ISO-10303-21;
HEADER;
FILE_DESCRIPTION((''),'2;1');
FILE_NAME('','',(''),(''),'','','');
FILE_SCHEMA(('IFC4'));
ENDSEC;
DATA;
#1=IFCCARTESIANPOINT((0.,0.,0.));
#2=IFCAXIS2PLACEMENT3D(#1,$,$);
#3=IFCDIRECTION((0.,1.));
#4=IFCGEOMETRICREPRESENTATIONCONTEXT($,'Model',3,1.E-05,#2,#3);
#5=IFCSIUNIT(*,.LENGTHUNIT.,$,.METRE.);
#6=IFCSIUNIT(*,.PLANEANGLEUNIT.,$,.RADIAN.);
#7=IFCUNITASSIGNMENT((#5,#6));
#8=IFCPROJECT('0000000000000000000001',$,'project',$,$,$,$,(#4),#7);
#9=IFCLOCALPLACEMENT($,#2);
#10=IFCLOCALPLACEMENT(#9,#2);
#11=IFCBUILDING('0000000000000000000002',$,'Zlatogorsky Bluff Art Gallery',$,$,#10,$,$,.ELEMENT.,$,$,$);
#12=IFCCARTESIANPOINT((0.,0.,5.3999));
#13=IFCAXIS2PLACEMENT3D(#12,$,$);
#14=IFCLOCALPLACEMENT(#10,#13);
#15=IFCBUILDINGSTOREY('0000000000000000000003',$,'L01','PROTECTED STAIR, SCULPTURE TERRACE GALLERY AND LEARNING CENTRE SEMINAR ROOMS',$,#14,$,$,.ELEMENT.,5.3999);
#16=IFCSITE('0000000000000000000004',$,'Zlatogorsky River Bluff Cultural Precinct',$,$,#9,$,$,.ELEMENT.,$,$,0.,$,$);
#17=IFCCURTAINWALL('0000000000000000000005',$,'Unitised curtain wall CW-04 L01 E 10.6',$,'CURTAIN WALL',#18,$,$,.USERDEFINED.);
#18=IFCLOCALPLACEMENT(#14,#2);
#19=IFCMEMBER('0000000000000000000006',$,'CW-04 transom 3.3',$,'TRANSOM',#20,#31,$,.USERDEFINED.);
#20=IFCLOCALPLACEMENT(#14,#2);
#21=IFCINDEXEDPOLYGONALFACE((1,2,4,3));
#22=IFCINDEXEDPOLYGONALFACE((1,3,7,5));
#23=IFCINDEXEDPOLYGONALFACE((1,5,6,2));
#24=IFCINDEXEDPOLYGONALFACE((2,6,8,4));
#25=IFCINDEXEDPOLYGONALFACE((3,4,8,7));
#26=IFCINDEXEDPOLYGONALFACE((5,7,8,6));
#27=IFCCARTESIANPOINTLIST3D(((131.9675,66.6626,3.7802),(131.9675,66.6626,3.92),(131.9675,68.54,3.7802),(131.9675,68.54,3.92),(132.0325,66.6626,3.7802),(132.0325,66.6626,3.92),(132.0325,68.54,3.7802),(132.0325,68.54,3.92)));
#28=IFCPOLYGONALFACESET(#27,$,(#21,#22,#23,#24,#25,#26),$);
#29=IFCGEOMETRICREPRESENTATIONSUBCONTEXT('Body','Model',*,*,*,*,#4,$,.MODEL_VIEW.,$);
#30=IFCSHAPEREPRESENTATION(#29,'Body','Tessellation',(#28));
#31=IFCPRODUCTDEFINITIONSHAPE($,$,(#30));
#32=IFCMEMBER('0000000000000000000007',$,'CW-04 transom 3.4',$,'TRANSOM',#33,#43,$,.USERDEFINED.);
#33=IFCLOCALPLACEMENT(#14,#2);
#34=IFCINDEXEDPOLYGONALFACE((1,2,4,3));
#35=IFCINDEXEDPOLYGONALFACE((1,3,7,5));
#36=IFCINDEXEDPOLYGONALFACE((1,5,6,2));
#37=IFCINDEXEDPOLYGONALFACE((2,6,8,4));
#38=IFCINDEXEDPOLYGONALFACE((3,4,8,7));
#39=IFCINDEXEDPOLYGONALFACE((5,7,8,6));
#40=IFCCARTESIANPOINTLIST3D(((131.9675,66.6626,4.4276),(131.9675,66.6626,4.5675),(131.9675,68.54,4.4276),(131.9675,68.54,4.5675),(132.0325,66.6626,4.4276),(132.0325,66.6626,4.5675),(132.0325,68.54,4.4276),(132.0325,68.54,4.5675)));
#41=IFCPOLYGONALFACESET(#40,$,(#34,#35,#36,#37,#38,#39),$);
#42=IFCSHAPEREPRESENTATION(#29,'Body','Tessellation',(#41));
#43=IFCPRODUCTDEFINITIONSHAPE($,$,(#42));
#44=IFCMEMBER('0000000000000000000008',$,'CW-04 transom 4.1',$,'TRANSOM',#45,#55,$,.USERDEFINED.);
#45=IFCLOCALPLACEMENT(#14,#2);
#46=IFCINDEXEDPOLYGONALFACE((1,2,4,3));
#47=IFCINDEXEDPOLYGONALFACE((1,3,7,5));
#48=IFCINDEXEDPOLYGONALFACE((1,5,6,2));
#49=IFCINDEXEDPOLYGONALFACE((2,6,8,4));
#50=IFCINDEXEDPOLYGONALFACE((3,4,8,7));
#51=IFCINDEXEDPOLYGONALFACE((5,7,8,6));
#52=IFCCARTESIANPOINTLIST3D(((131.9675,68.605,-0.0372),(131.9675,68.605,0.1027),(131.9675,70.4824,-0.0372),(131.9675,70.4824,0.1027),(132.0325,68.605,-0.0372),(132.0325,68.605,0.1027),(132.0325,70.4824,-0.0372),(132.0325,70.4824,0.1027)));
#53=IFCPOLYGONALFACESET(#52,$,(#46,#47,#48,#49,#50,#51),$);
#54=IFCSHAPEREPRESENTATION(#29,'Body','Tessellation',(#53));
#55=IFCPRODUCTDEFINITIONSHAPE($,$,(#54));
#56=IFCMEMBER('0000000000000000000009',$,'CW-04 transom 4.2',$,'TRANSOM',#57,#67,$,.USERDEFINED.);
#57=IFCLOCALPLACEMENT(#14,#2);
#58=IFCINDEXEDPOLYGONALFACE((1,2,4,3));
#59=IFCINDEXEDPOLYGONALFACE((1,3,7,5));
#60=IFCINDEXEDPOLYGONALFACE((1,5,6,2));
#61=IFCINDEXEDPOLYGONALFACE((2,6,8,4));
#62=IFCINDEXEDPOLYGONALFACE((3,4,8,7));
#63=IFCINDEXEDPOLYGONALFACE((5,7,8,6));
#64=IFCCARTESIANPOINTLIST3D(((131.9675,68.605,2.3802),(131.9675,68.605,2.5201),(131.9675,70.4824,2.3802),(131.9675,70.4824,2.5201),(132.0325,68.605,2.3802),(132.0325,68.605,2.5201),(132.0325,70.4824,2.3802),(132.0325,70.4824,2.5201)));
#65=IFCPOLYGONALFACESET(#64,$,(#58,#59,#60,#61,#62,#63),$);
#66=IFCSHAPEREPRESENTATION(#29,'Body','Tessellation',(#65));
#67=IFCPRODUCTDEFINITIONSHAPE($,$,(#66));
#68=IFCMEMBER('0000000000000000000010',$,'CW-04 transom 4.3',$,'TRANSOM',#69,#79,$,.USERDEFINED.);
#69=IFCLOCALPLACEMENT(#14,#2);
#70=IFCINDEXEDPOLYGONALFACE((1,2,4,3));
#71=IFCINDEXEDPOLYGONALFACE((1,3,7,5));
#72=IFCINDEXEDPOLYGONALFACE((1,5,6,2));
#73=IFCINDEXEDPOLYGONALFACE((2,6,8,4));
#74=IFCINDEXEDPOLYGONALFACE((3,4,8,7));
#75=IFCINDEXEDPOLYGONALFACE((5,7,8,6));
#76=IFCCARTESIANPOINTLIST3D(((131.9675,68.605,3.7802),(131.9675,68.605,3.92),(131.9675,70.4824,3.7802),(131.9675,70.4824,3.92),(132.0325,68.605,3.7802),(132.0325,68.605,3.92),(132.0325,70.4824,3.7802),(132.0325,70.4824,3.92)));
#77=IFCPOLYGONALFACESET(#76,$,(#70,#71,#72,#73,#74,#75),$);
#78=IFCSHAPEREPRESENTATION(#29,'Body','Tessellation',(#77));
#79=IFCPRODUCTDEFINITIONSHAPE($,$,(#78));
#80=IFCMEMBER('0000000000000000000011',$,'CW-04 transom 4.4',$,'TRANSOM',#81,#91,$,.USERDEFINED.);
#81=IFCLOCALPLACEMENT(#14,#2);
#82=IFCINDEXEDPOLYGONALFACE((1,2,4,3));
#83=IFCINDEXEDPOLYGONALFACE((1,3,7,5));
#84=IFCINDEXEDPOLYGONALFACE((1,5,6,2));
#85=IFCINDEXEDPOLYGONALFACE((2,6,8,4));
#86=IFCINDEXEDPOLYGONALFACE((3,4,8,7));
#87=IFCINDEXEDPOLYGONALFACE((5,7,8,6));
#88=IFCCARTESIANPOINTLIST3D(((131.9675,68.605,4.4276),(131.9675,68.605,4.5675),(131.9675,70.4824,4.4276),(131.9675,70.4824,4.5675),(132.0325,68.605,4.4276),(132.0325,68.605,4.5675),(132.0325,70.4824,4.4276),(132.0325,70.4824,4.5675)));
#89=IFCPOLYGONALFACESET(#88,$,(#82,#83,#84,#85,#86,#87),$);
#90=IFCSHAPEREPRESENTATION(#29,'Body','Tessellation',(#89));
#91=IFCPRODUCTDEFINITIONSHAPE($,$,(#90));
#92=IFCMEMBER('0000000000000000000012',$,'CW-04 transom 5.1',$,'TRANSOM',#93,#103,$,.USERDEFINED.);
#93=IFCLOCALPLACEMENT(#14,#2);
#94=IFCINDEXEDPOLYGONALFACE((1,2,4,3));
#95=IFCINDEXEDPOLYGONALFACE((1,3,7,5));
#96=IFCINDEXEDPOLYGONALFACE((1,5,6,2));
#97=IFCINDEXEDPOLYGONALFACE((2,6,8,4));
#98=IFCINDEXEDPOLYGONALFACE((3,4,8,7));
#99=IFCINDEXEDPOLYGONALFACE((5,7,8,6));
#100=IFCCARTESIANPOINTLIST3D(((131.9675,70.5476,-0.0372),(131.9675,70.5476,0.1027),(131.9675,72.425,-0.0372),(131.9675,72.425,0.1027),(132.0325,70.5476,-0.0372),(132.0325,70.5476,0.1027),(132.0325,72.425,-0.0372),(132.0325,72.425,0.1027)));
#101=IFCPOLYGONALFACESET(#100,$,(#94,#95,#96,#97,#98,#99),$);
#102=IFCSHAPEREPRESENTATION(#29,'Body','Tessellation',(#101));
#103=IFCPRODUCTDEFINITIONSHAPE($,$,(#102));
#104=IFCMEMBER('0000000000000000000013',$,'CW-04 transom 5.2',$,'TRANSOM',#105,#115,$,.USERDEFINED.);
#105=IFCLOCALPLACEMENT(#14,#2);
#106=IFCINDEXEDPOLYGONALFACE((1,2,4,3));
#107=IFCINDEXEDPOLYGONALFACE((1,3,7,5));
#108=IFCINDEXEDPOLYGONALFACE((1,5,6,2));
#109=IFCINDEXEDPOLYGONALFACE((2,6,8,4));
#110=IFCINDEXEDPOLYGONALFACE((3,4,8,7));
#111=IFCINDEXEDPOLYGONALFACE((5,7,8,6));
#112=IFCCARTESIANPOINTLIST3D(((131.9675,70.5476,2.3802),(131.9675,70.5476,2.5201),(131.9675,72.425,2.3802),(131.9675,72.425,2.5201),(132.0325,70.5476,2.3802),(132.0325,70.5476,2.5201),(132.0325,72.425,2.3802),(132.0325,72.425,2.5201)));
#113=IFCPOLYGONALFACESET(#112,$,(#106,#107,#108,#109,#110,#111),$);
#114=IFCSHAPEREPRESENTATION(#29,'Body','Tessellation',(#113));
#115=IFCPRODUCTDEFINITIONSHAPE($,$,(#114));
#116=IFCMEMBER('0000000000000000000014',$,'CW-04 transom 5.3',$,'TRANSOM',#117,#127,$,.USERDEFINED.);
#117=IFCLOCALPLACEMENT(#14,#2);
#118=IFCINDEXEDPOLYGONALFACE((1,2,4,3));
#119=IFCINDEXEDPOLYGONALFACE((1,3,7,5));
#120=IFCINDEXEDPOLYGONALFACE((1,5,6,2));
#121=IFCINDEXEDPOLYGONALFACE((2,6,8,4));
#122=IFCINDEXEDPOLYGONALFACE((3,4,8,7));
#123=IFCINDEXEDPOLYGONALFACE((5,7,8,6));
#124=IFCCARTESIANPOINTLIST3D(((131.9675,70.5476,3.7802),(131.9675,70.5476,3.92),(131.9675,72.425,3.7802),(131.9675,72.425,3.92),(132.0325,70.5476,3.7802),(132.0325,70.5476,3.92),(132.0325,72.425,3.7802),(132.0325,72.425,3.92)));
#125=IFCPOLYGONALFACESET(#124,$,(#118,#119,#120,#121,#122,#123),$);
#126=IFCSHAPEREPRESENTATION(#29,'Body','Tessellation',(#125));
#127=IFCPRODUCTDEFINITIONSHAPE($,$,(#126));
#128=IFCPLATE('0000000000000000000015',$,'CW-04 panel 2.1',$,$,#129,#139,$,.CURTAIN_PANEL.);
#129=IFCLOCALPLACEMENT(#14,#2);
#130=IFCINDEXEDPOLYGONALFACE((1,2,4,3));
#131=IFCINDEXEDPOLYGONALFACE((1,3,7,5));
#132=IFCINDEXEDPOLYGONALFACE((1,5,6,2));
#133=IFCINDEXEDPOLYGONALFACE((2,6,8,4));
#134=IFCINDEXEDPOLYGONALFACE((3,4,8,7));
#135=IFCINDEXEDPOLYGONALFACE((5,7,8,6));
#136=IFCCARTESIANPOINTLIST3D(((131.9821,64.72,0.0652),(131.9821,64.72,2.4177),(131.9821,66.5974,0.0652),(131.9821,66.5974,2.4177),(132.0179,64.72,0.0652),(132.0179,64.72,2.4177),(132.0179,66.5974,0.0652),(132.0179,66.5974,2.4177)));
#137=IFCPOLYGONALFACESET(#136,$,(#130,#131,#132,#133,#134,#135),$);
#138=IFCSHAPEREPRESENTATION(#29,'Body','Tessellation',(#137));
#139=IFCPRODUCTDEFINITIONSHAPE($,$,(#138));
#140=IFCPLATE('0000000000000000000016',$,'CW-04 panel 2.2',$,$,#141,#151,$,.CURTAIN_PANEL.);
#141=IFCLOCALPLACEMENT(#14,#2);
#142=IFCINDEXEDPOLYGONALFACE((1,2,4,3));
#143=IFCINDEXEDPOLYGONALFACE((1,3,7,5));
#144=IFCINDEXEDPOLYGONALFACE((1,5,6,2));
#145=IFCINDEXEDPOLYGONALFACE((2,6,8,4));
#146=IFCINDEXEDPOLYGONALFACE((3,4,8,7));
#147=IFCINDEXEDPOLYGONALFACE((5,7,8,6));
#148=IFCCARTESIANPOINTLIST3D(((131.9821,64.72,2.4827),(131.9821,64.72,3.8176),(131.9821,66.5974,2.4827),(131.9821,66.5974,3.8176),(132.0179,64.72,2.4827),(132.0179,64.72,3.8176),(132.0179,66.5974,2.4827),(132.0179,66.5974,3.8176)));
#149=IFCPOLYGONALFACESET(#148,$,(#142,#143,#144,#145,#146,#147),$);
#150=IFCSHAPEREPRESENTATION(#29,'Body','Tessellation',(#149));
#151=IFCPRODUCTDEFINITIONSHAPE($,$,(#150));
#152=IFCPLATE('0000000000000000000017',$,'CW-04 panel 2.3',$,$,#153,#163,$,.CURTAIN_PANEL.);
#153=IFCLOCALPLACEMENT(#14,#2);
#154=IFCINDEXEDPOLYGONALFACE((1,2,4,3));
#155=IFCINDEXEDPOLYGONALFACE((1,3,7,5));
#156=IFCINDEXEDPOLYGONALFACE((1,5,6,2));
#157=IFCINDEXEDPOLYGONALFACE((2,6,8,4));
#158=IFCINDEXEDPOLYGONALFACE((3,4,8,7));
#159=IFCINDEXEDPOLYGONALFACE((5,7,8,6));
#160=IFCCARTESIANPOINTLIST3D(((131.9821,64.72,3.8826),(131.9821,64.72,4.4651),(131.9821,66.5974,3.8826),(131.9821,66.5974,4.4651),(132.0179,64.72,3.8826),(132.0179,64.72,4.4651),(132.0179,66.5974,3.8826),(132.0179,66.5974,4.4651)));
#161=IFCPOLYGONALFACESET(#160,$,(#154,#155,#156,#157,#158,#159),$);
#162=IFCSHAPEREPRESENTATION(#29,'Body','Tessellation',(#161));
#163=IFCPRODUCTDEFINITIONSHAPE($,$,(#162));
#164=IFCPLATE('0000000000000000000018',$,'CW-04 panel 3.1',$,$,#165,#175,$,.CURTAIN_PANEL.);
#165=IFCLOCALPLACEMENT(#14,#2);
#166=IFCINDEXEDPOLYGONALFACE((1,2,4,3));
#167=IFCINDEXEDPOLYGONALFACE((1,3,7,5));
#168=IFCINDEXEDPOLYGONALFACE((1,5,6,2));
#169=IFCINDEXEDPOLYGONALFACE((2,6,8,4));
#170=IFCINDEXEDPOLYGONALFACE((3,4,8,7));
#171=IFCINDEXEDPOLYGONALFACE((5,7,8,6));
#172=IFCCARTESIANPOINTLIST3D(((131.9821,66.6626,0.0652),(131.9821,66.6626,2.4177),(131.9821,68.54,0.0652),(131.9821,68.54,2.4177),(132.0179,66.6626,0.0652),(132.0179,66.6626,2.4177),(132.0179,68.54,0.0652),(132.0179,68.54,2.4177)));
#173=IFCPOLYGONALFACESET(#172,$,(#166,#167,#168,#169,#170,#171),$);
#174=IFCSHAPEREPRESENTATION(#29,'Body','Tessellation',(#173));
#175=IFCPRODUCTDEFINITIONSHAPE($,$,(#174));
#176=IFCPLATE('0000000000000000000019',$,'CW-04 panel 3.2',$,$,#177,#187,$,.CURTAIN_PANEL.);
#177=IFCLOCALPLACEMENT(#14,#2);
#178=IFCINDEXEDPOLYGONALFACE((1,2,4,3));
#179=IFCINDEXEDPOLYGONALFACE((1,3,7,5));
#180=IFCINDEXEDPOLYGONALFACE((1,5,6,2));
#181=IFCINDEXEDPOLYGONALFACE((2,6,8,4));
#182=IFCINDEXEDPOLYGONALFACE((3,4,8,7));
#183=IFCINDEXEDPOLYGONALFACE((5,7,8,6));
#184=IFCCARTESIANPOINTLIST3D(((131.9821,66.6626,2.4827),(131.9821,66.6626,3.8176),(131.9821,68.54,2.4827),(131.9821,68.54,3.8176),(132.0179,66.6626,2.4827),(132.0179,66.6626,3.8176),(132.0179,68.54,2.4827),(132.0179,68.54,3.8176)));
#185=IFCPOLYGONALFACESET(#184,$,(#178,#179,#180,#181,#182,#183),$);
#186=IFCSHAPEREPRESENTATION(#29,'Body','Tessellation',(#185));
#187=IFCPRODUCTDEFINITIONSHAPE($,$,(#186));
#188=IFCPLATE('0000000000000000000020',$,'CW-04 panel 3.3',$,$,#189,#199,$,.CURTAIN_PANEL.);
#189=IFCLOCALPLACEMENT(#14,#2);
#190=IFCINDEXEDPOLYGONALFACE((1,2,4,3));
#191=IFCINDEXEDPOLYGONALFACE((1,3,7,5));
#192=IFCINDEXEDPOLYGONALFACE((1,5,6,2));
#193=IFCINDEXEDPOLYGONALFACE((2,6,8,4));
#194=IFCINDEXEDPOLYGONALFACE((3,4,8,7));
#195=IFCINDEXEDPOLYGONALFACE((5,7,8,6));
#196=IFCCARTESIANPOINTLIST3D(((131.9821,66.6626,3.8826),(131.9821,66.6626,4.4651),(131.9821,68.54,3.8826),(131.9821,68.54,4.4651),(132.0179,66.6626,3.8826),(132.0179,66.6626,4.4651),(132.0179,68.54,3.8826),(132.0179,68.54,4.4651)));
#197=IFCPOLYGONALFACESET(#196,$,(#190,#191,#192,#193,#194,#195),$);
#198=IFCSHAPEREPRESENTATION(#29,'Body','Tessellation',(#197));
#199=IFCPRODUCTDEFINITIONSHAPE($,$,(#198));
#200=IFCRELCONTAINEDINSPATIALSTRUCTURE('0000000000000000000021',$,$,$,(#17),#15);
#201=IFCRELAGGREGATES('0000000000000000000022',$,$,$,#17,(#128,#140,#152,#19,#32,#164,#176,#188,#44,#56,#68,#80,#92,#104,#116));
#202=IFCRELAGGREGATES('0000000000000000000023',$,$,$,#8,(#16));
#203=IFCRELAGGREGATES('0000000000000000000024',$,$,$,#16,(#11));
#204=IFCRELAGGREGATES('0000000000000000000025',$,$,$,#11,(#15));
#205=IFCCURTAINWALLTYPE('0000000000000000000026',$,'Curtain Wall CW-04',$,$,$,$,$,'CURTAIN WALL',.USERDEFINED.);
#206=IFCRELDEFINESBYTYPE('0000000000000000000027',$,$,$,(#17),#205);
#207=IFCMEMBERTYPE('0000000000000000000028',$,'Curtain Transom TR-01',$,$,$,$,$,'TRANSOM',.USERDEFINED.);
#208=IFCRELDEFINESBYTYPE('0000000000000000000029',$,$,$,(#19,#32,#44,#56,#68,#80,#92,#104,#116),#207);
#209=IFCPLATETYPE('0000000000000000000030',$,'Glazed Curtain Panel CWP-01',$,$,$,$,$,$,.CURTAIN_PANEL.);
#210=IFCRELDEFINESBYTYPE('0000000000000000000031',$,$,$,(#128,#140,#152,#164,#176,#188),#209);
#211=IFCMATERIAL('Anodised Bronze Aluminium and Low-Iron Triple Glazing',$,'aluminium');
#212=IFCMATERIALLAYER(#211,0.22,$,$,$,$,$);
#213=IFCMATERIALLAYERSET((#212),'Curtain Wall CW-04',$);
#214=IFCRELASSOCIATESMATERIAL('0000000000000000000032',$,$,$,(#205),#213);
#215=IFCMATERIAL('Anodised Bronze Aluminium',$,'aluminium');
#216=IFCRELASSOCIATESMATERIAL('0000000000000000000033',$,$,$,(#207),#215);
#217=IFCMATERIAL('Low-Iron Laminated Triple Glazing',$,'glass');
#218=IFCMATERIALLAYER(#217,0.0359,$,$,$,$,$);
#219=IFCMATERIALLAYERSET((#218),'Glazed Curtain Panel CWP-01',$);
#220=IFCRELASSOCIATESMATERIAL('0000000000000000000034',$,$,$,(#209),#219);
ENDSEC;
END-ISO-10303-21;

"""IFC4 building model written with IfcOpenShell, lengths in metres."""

from ifc_helpers import new_model, si_unit, direction, frame, origin, origin_2d, place, context, subcontext, project, spatial, rectangle, extrude, material, layer, layer_set, material_profile, profile_set, type_object, element, aggregate, save


model = new_model("IFC4")

# Units and contexts
model_context = context("Model", 3, precision=1e-05, world=origin(), true_north=direction((0.0, 1.0)))
body_context = subcontext(model_context, "Body", "Model", "MODEL_VIEW")
ifc_project = project(units=[si_unit("LENGTHUNIT", "METRE"), si_unit("PLANEANGLEUNIT", "RADIAN")], contexts=[model_context])

# Site, building, storey
site_placement = place(None, origin())
site = spatial("IfcSite", under=ifc_project, at=site_placement, Name="Zlatogorsky River Bluff Cultural Precinct", CompositionType="ELEMENT", RefElevation=0.0)
building_placement = place(site_placement, origin())
building = spatial("IfcBuilding", under=site, at=building_placement, Name="Zlatogorsky Bluff Art Gallery", CompositionType="ELEMENT")
storey_placement = place(building_placement, frame((0.0, 0.0, 5.3999)))
storey = spatial("IfcBuildingStorey", under=building, at=storey_placement, Name="L01", Description="PROTECTED STAIR, SCULPTURE TERRACE GALLERY AND LEARNING CENTRE SEMINAR ROOMS", CompositionType="ELEMENT", Elevation=5.3999)

# Curtain wall, members, plates
ifc_material_1 = material(Name="Anodised Bronze Aluminium and Low-Iron Triple Glazing", Category="aluminium")
ifc_layer_1 = layer(ifc_material_1, 0.22)
ifc_layer_set_1 = layer_set([ifc_layer_1], Name="Curtain Wall CW-04")
curtain_wall_type = type_object("IfcCurtainWallType", Name="Curtain Wall CW-04", ElementType="CURTAIN WALL", PredefinedType="USERDEFINED", material=ifc_layer_set_1)
curtain_wall_placement = place(storey_placement, origin())
curtain_wall = element("IfcCurtainWall", 1, at=curtain_wall_placement, inside=storey, type_object=curtain_wall_type, Name="Unitised curtain wall CW-04 L01 E 10.6", ObjectType="CURTAIN WALL", PredefinedType="USERDEFINED")
ifc_material_2 = material(Name="Anodised Bronze Aluminium", Category="aluminium")
ifc_material_profile_1 = material_profile(ifc_material_2, rectangle(XDim=0.0649, YDim=0.1399, at=origin_2d()), Name="ALU TRANSOM 65x140")
ifc_profile_set_1 = profile_set([ifc_material_profile_1], Name="Anodised Bronze Aluminium")
member_type_1 = type_object("IfcMemberType", Name="Curtain Transom TR-01", ElementType="TRANSOM", PredefinedType="USERDEFINED", material=ifc_profile_set_1)
member_1_placement = place(storey_placement, frame((132.0, 66.6626, 3.8501), z_axis=(0.0, 1.0, 0.0), x_axis=(-1.0, 0.0, 0.0)))
member_1 = element("IfcMember", 2, at=member_1_placement, type_object=member_type_1, Name="CW-04 transom 3.3", ObjectType="TRANSOM", PredefinedType="USERDEFINED", context=body_context, shape_type="SweptSolid", body=[
    extrude(rectangle(XDim=0.0649, YDim=0.1399, at=origin_2d()), origin(), (0.0, 0.0, 1.0), 1.8774),
])
member_2_placement = place(storey_placement, frame((132.0, 66.6626, 4.4976), z_axis=(0.0, 1.0, 0.0), x_axis=(-1.0, 0.0, 0.0)))
member_2 = element("IfcMember", 3, at=member_2_placement, type_object=member_type_1, Name="CW-04 transom 3.4", ObjectType="TRANSOM", PredefinedType="USERDEFINED", context=body_context, shape_type="SweptSolid", body=[
    extrude(rectangle(XDim=0.0649, YDim=0.1399, at=origin_2d()), origin(), (0.0, 0.0, 1.0), 1.8774),
])
member_3_placement = place(storey_placement, frame((132.0, 68.605, 0.0327), z_axis=(0.0, 1.0, 0.0), x_axis=(-1.0, 0.0, 0.0)))
member_3 = element("IfcMember", 4, at=member_3_placement, type_object=member_type_1, Name="CW-04 transom 4.1", ObjectType="TRANSOM", PredefinedType="USERDEFINED", context=body_context, shape_type="SweptSolid", body=[
    extrude(rectangle(XDim=0.0649, YDim=0.1399, at=origin_2d()), origin(), (0.0, 0.0, 1.0), 1.8774),
])
member_4_placement = place(storey_placement, frame((132.0, 68.605, 2.4502), z_axis=(0.0, 1.0, 0.0), x_axis=(-1.0, 0.0, 0.0)))
member_4 = element("IfcMember", 5, at=member_4_placement, type_object=member_type_1, Name="CW-04 transom 4.2", ObjectType="TRANSOM", PredefinedType="USERDEFINED", context=body_context, shape_type="SweptSolid", body=[
    extrude(rectangle(XDim=0.0649, YDim=0.1399, at=origin_2d()), origin(), (0.0, 0.0, 1.0), 1.8774),
])
member_5_placement = place(storey_placement, frame((132.0, 68.605, 3.8501), z_axis=(0.0, 1.0, 0.0), x_axis=(-1.0, 0.0, 0.0)))
member_5 = element("IfcMember", 6, at=member_5_placement, type_object=member_type_1, Name="CW-04 transom 4.3", ObjectType="TRANSOM", PredefinedType="USERDEFINED", context=body_context, shape_type="SweptSolid", body=[
    extrude(rectangle(XDim=0.0649, YDim=0.1399, at=origin_2d()), origin(), (0.0, 0.0, 1.0), 1.8774),
])
member_6_placement = place(storey_placement, frame((132.0, 68.605, 4.4976), z_axis=(0.0, 1.0, 0.0), x_axis=(-1.0, 0.0, 0.0)))
member_6 = element("IfcMember", 7, at=member_6_placement, type_object=member_type_1, Name="CW-04 transom 4.4", ObjectType="TRANSOM", PredefinedType="USERDEFINED", context=body_context, shape_type="SweptSolid", body=[
    extrude(rectangle(XDim=0.0649, YDim=0.1399, at=origin_2d()), origin(), (0.0, 0.0, 1.0), 1.8774),
])
member_7_placement = place(storey_placement, frame((132.0, 70.5476, 0.0327), z_axis=(0.0, 1.0, 0.0), x_axis=(-1.0, 0.0, 0.0)))
member_7 = element("IfcMember", 8, at=member_7_placement, type_object=member_type_1, Name="CW-04 transom 5.1", ObjectType="TRANSOM", PredefinedType="USERDEFINED", context=body_context, shape_type="SweptSolid", body=[
    extrude(rectangle(XDim=0.0649, YDim=0.1399, at=origin_2d()), origin(), (0.0, 0.0, 1.0), 1.8774),
])
member_8_placement = place(storey_placement, frame((132.0, 70.5476, 2.4502), z_axis=(0.0, 1.0, 0.0), x_axis=(-1.0, 0.0, 0.0)))
member_8 = element("IfcMember", 9, at=member_8_placement, type_object=member_type_1, Name="CW-04 transom 5.2", ObjectType="TRANSOM", PredefinedType="USERDEFINED", context=body_context, shape_type="SweptSolid", body=[
    extrude(rectangle(XDim=0.0649, YDim=0.1399, at=origin_2d()), origin(), (0.0, 0.0, 1.0), 1.8774),
])
member_9_placement = place(storey_placement, frame((132.0, 70.5476, 3.8501), z_axis=(0.0, 1.0, 0.0), x_axis=(-1.0, 0.0, 0.0)))
member_9 = element("IfcMember", 10, at=member_9_placement, type_object=member_type_1, Name="CW-04 transom 5.3", ObjectType="TRANSOM", PredefinedType="USERDEFINED", context=body_context, shape_type="SweptSolid", body=[
    extrude(rectangle(XDim=0.0649, YDim=0.1399, at=origin_2d()), origin(), (0.0, 0.0, 1.0), 1.8774),
])
ifc_material_3 = material(Name="Low-Iron Laminated Triple Glazing", Category="glass")
ifc_layer_2 = layer(ifc_material_3, 0.0359)
ifc_layer_set_2 = layer_set([ifc_layer_2], Name="Glazed Curtain Panel CWP-01")
plate_type = type_object("IfcPlateType", Name="Glazed Curtain Panel CWP-01", PredefinedType="CURTAIN_PANEL", material=ifc_layer_set_2)
plate_1_placement = place(storey_placement, frame((132.0, 65.6587, 0.0652), z_axis=(0.0, 0.0, 1.0), x_axis=(0.0, 1.0, 0.0)))
plate_1 = element("IfcPlate", 11, at=plate_1_placement, type_object=plate_type, Name="CW-04 panel 2.1", PredefinedType="CURTAIN_PANEL", context=body_context, shape_type="SweptSolid", body=[
    extrude(rectangle(XDim=1.8774, YDim=0.0359, at=origin_2d()), origin(), (0.0, 0.0, 1.0), 2.3525),
])
plate_2_placement = place(storey_placement, frame((132.0, 65.6587, 2.4827), z_axis=(0.0, 0.0, 1.0), x_axis=(0.0, 1.0, 0.0)))
plate_2 = element("IfcPlate", 12, at=plate_2_placement, type_object=plate_type, Name="CW-04 panel 2.2", PredefinedType="CURTAIN_PANEL", context=body_context, shape_type="SweptSolid", body=[
    extrude(rectangle(XDim=1.8774, YDim=0.0359, at=origin_2d()), origin(), (0.0, 0.0, 1.0), 1.335),
])
plate_3_placement = place(storey_placement, frame((132.0, 65.6587, 3.8826), z_axis=(0.0, 0.0, 1.0), x_axis=(0.0, 1.0, 0.0)))
plate_3 = element("IfcPlate", 13, at=plate_3_placement, type_object=plate_type, Name="CW-04 panel 2.3", PredefinedType="CURTAIN_PANEL", context=body_context, shape_type="SweptSolid", body=[
    extrude(rectangle(XDim=1.8774, YDim=0.0359, at=origin_2d()), origin(), (0.0, 0.0, 1.0), 0.5825),
])
plate_4_placement = place(storey_placement, frame((132.0, 67.6013, 0.0652), z_axis=(0.0, 0.0, 1.0), x_axis=(0.0, 1.0, 0.0)))
plate_4 = element("IfcPlate", 14, at=plate_4_placement, type_object=plate_type, Name="CW-04 panel 3.1", PredefinedType="CURTAIN_PANEL", context=body_context, shape_type="SweptSolid", body=[
    extrude(rectangle(XDim=1.8774, YDim=0.0359, at=origin_2d()), origin(), (0.0, 0.0, 1.0), 2.3525),
])
plate_5_placement = place(storey_placement, frame((132.0, 67.6013, 2.4827), z_axis=(0.0, 0.0, 1.0), x_axis=(0.0, 1.0, 0.0)))
plate_5 = element("IfcPlate", 15, at=plate_5_placement, type_object=plate_type, Name="CW-04 panel 3.2", PredefinedType="CURTAIN_PANEL", context=body_context, shape_type="SweptSolid", body=[
    extrude(rectangle(XDim=1.8774, YDim=0.0359, at=origin_2d()), origin(), (0.0, 0.0, 1.0), 1.335),
])
plate_6_placement = place(storey_placement, frame((132.0, 67.6013, 3.8826), z_axis=(0.0, 0.0, 1.0), x_axis=(0.0, 1.0, 0.0)))
plate_6 = element("IfcPlate", 16, at=plate_6_placement, type_object=plate_type, Name="CW-04 panel 3.3", PredefinedType="CURTAIN_PANEL", context=body_context, shape_type="SweptSolid", body=[
    extrude(rectangle(XDim=1.8774, YDim=0.0359, at=origin_2d()), origin(), (0.0, 0.0, 1.0), 0.5825),
])
aggregate(curtain_wall, [plate_1, plate_2, plate_3, member_1, member_2, plate_4, plate_5, plate_6, member_3, member_4, member_5, member_6, member_7, member_8, member_9])

save(model, "model.ifc")
